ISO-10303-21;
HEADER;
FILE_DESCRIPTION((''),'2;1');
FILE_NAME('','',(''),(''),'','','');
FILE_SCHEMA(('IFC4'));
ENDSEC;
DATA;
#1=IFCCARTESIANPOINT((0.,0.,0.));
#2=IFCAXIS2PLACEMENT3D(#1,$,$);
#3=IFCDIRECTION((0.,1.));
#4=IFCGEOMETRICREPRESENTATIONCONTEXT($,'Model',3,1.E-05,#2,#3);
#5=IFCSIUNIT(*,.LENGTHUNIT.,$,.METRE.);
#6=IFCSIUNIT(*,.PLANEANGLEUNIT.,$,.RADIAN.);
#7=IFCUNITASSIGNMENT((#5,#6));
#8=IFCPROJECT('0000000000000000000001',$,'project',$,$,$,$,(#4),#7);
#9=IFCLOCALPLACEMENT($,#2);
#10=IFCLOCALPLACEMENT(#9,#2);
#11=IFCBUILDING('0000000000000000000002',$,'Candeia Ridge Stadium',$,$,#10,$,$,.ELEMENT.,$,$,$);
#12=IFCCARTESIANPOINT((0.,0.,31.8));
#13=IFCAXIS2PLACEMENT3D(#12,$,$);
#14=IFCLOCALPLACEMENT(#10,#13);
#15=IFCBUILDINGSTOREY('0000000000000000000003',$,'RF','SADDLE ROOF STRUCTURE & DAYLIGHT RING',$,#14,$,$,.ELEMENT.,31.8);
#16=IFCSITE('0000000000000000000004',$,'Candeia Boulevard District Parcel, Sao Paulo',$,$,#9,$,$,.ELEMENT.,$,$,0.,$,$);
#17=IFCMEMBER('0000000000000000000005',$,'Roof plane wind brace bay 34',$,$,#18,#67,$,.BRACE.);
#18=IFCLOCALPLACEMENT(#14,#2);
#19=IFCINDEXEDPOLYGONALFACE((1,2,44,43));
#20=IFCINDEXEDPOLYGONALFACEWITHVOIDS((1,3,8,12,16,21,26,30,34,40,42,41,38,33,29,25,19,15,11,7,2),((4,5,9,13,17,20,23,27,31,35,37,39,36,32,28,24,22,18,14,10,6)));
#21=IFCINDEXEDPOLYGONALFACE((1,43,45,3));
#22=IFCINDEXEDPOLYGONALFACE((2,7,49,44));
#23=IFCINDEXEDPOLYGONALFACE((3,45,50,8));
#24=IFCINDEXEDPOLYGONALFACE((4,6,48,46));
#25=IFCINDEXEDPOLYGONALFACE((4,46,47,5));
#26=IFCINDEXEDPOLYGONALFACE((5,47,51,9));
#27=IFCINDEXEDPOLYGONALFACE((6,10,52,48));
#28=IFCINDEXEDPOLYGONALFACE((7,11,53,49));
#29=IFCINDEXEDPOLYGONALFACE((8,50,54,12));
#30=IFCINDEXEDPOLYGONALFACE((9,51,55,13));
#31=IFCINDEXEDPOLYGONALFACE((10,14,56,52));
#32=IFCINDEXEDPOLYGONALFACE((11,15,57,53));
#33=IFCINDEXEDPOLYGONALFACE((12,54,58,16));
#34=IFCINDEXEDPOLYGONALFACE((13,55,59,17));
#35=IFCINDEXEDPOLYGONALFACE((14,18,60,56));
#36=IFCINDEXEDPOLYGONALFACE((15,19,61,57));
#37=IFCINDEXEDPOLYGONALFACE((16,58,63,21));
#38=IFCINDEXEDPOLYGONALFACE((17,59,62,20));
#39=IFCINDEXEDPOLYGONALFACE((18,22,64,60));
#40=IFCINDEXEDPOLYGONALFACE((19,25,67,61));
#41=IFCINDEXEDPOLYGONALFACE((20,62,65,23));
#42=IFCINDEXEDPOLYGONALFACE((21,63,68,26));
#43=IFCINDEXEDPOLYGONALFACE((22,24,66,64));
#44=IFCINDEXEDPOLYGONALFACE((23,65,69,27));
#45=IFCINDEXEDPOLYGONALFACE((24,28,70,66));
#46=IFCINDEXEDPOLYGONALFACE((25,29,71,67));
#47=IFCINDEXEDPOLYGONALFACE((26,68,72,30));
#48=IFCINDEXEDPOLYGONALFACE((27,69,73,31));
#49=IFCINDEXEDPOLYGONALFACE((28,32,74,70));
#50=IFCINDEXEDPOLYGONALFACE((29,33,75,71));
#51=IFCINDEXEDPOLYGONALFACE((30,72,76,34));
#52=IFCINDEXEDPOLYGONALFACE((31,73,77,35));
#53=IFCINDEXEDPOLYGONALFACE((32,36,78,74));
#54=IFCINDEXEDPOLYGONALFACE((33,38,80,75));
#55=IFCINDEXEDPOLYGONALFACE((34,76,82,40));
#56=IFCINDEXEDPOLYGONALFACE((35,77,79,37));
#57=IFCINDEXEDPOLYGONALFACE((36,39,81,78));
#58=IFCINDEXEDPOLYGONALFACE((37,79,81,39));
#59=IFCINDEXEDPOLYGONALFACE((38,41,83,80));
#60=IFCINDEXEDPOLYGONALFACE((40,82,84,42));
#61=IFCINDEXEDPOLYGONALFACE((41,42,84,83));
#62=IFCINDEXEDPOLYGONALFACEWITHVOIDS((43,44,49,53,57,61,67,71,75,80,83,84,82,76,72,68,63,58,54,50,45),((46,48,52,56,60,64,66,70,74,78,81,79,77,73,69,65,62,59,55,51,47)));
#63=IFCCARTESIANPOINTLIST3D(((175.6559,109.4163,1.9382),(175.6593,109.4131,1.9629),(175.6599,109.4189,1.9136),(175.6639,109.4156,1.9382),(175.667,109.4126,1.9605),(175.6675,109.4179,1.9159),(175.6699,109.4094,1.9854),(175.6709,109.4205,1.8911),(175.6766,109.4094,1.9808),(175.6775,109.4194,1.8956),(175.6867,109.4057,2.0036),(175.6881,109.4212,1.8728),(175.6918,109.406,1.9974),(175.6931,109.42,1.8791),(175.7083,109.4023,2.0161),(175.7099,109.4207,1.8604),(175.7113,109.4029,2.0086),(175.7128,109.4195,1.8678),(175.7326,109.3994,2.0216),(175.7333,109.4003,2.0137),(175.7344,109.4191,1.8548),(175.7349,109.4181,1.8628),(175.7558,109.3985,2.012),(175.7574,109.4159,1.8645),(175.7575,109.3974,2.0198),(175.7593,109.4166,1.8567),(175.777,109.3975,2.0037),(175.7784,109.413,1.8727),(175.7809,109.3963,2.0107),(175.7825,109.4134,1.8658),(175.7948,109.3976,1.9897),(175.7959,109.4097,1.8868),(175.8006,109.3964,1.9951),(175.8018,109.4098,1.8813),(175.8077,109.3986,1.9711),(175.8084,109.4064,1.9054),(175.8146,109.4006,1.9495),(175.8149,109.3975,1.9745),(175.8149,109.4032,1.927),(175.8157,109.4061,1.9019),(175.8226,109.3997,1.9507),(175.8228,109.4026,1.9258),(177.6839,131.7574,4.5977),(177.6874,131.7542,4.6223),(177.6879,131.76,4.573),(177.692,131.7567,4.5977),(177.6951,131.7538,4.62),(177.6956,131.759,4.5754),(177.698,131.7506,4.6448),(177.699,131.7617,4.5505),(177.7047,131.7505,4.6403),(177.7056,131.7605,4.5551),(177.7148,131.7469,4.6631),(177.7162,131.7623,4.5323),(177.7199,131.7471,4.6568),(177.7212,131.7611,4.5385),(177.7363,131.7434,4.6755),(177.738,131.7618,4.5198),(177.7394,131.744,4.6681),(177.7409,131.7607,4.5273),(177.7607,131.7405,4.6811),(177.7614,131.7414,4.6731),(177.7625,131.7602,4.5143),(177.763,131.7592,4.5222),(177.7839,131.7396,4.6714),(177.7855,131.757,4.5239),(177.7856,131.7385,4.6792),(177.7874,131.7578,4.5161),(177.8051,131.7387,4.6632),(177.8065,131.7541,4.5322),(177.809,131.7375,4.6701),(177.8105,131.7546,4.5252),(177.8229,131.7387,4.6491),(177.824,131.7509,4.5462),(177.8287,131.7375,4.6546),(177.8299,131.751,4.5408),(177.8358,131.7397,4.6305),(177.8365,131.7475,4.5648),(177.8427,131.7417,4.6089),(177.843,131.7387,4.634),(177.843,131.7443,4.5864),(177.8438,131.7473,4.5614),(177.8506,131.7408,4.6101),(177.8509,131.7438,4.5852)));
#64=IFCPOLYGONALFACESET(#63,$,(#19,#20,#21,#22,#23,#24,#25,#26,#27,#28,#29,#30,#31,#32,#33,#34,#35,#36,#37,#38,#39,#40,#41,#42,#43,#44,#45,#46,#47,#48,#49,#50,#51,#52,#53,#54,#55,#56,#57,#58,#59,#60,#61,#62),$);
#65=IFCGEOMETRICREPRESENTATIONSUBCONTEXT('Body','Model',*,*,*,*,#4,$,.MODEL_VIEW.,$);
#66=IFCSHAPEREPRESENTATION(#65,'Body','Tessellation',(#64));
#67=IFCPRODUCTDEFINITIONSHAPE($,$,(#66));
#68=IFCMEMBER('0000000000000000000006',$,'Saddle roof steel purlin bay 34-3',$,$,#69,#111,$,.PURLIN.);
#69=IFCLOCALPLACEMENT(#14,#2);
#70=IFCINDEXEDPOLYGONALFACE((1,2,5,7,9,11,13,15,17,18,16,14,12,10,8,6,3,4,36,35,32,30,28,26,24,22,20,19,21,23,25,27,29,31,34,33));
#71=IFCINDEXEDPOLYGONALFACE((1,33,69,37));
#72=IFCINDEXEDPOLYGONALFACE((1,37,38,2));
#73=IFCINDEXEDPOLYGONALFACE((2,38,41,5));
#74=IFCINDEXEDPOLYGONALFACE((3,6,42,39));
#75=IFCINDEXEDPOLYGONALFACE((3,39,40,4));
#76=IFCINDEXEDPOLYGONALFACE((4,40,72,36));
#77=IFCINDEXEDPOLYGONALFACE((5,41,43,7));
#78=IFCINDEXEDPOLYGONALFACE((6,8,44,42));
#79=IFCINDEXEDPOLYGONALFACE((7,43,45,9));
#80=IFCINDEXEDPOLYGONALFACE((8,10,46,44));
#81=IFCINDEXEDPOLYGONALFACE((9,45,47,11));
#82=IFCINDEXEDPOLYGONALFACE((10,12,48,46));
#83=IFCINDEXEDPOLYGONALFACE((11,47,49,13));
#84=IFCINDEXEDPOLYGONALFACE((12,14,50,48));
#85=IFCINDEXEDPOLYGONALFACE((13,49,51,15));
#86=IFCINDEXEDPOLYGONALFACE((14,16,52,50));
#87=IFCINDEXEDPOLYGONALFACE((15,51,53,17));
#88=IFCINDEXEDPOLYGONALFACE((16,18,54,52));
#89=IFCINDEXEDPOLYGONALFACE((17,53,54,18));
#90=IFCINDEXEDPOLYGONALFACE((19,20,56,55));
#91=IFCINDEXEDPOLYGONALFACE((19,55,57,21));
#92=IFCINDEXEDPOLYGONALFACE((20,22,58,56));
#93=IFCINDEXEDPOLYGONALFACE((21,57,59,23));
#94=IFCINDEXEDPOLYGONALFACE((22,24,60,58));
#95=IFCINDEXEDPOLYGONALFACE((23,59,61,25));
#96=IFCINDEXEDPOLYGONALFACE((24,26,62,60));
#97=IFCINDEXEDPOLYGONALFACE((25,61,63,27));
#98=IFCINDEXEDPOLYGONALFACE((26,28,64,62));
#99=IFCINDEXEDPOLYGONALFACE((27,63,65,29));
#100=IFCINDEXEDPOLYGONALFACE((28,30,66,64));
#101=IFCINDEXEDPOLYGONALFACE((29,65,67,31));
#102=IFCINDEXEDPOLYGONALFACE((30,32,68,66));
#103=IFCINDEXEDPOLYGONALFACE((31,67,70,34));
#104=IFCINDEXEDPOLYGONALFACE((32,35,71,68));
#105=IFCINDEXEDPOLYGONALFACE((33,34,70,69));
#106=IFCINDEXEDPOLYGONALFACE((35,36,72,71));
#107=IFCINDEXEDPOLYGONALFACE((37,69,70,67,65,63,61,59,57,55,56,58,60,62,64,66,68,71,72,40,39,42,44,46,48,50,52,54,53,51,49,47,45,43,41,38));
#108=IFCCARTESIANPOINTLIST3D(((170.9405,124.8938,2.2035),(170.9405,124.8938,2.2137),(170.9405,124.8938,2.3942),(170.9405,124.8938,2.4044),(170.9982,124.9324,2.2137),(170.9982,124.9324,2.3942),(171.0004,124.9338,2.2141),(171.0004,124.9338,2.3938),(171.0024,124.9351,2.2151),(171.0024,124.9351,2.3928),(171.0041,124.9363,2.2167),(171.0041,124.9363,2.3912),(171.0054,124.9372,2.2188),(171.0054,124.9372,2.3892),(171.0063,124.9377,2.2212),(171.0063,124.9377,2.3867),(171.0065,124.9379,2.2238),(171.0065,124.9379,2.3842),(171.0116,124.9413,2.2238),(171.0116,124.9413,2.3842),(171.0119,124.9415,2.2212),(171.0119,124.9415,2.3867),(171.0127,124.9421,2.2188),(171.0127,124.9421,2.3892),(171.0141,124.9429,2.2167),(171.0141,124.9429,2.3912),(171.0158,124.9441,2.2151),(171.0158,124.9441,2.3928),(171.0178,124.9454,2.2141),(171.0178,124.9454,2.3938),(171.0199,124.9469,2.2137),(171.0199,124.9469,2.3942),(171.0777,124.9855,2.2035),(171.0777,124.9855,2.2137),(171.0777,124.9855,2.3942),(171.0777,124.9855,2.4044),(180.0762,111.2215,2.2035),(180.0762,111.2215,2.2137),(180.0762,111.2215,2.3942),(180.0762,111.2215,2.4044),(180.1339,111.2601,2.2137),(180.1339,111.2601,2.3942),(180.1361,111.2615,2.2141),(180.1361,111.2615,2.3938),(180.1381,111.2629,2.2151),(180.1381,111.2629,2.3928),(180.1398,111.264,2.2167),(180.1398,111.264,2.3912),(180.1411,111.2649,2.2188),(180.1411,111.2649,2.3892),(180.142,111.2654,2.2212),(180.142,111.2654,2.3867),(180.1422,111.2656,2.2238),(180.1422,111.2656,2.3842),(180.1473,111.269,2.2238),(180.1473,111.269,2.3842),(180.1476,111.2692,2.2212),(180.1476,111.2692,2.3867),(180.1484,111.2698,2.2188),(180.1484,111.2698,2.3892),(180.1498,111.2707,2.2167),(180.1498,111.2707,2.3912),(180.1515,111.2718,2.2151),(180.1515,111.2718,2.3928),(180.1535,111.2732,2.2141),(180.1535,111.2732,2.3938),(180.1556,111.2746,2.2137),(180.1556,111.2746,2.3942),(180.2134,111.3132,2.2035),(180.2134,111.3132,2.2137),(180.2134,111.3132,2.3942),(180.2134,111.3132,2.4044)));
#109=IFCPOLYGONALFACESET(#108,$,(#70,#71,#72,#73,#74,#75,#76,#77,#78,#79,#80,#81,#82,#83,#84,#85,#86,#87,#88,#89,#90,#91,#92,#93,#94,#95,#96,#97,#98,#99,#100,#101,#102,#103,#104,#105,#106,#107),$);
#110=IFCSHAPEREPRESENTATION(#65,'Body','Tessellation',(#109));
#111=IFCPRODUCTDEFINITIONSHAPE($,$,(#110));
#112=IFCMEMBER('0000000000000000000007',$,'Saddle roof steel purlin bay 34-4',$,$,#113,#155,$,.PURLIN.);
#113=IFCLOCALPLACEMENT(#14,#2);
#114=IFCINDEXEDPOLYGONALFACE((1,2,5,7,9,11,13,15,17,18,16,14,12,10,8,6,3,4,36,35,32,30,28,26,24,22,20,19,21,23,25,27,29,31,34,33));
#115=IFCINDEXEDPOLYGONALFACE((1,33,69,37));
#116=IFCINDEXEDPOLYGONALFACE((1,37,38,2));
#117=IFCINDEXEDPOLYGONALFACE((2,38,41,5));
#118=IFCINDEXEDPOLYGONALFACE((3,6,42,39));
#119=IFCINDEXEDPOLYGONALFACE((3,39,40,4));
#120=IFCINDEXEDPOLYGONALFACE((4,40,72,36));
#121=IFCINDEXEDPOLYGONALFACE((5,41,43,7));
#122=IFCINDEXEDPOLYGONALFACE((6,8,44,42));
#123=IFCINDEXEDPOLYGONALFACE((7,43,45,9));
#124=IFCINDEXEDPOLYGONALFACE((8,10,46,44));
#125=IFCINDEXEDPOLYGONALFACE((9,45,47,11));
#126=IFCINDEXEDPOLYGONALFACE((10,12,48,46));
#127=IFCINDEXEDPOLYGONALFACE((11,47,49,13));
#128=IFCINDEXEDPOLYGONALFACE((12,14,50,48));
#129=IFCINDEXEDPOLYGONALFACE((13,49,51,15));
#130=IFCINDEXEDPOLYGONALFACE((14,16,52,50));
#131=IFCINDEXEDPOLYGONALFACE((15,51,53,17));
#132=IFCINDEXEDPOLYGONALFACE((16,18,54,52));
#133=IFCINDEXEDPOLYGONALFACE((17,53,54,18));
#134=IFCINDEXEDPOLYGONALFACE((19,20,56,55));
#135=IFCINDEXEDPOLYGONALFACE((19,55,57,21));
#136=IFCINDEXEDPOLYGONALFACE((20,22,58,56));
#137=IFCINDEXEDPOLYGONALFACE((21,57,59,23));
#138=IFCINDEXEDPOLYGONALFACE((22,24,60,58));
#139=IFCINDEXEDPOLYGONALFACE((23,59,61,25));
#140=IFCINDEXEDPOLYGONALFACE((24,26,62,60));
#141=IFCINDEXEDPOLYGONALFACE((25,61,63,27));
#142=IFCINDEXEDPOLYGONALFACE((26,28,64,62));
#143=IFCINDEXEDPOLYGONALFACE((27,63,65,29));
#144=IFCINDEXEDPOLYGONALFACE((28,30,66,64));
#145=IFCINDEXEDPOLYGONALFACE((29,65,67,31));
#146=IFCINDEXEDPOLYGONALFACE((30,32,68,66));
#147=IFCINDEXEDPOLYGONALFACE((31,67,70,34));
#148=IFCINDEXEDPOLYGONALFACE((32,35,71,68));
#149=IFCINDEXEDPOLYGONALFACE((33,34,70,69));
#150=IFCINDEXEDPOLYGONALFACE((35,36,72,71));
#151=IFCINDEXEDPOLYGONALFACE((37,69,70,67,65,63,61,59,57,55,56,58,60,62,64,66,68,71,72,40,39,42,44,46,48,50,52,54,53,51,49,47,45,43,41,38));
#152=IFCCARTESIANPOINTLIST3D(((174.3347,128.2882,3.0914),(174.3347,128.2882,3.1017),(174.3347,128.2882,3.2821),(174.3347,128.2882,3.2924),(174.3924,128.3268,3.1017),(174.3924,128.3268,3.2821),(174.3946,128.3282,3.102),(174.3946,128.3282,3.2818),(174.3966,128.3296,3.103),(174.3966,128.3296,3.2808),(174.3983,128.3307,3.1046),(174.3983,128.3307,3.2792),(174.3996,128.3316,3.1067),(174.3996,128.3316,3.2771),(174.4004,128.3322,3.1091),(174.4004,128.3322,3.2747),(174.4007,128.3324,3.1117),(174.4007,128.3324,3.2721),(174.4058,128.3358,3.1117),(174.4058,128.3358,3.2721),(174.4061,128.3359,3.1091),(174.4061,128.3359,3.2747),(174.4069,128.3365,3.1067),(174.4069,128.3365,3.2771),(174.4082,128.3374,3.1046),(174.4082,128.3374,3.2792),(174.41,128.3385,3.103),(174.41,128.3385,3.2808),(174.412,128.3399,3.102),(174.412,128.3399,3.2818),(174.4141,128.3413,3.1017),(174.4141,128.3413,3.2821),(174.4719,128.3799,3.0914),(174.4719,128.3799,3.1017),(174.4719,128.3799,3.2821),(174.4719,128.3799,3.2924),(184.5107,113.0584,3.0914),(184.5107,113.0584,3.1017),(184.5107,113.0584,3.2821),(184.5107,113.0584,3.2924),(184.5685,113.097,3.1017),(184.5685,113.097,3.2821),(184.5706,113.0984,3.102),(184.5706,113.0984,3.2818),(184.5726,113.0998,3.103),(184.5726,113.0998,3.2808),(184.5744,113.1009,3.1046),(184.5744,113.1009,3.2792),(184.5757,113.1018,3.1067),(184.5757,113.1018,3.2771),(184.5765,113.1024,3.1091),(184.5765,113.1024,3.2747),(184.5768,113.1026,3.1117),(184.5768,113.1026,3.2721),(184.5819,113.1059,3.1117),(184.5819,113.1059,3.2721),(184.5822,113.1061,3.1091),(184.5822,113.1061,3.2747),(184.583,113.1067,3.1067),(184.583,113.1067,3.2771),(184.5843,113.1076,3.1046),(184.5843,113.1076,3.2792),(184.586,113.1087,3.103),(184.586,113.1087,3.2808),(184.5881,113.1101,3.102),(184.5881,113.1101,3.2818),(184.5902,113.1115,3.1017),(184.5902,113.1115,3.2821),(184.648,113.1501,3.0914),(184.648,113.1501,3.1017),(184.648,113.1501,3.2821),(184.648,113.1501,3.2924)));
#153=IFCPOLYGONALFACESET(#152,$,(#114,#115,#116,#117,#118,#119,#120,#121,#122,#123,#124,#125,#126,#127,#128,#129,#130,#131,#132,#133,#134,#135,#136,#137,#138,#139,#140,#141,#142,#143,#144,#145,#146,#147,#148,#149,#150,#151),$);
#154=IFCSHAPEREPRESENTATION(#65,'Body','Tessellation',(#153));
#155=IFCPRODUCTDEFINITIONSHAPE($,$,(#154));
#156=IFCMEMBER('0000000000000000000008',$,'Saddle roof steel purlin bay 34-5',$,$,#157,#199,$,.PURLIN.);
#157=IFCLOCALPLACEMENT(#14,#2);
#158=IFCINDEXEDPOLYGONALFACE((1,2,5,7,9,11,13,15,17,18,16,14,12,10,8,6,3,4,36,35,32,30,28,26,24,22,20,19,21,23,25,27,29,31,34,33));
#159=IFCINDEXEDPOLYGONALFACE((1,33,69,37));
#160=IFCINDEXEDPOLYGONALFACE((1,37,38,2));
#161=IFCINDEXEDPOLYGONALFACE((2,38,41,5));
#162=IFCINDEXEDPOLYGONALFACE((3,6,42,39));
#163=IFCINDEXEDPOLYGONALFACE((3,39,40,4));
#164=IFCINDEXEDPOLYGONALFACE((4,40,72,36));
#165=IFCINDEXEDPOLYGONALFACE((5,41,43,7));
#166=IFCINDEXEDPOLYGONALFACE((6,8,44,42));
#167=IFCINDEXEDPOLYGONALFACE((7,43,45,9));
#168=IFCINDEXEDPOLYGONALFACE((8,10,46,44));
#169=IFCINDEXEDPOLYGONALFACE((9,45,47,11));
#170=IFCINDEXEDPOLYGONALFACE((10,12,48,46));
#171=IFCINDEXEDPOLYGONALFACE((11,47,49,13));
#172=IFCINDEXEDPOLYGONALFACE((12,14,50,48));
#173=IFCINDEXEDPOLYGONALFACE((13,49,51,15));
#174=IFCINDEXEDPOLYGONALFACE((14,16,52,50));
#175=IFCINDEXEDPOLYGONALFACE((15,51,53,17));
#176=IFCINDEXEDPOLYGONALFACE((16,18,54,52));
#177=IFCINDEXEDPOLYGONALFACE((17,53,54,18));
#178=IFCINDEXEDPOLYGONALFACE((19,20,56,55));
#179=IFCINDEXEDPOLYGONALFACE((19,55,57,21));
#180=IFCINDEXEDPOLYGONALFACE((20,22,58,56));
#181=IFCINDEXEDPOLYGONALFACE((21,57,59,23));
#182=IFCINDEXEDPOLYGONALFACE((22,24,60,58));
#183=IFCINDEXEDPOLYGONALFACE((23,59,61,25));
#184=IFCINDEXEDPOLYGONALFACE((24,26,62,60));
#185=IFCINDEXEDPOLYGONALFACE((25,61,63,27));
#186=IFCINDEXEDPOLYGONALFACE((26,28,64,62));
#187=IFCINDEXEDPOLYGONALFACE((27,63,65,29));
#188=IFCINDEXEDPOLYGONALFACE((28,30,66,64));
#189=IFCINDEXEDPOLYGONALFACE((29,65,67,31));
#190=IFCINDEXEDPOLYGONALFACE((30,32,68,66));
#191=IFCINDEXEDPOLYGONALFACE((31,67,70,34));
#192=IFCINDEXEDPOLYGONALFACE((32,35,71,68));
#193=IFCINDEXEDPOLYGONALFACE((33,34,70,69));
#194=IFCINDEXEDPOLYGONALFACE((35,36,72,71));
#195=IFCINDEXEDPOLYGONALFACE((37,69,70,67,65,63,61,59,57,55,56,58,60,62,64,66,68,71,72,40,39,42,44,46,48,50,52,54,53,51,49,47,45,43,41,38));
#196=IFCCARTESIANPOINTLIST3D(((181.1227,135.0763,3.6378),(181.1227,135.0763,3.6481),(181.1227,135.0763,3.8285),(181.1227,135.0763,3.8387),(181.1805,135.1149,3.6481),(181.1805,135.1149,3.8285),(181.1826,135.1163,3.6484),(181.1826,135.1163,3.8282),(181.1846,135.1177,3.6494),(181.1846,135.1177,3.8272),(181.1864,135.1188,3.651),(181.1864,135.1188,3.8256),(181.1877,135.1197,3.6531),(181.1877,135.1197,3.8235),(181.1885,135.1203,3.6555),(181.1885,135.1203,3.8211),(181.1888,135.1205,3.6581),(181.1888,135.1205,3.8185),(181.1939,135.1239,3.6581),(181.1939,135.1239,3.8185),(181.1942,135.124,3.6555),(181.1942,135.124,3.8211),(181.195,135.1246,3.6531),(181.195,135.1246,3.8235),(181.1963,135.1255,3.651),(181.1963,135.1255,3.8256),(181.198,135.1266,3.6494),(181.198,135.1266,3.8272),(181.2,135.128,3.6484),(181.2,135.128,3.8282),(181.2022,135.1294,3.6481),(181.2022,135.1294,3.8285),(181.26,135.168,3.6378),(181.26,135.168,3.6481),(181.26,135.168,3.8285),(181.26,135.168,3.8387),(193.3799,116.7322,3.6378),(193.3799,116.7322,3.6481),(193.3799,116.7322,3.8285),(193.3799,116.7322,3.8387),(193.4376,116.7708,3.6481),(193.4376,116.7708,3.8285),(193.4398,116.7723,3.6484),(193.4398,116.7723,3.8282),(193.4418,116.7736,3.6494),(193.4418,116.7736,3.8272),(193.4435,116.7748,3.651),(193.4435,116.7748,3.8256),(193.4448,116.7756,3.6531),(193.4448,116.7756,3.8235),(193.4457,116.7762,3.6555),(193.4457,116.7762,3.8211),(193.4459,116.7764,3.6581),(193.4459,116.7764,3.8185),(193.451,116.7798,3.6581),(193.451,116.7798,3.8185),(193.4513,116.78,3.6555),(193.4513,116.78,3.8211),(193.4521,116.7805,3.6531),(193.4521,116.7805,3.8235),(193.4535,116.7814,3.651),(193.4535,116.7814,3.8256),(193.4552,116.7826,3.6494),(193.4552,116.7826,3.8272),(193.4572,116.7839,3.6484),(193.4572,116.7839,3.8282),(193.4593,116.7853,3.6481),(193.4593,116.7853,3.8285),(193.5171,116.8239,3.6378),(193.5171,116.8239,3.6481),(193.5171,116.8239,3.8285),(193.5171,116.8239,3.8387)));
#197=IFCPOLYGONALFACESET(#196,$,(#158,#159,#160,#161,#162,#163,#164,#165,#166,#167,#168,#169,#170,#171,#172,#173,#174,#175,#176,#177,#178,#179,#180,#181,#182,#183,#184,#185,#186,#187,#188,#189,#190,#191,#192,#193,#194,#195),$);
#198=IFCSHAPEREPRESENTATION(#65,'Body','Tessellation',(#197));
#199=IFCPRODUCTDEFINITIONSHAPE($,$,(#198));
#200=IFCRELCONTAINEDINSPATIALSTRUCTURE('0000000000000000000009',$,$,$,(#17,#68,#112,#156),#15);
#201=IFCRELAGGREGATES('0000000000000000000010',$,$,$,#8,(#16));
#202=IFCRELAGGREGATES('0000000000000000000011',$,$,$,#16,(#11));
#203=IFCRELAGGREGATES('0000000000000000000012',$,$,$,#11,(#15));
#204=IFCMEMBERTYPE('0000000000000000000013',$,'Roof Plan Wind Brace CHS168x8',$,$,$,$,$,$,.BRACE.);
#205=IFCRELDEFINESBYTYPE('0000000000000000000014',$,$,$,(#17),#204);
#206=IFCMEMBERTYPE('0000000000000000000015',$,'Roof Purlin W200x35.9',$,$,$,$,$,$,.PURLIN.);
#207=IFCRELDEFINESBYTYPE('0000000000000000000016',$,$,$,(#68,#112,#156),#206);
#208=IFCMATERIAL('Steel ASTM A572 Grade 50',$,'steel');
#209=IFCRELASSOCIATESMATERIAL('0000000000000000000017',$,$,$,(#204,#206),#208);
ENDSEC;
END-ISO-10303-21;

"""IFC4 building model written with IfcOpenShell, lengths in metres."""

from ifc_helpers import new_model, si_unit, direction, frame, origin, origin_2d, place, context, subcontext, project, spatial, hollow_circle, i_section, extrude, material, material_profile, profile_set, type_object, element, save


model = new_model("IFC4")

# Units and contexts
model_context = context("Model", 3, precision=1e-05, world=origin(), true_north=direction((0.0, 1.0)))
body_context = subcontext(model_context, "Body", "Model", "MODEL_VIEW")
ifc_project = project(units=[si_unit("LENGTHUNIT", "METRE"), si_unit("PLANEANGLEUNIT", "RADIAN")], contexts=[model_context])

# Site, building, storey
site_placement = place(None, origin())
site = spatial("IfcSite", under=ifc_project, at=site_placement, Name="Candeia Boulevard District Parcel, Sao Paulo", CompositionType="ELEMENT", RefElevation=0.0)
building_placement = place(site_placement, origin())
building = spatial("IfcBuilding", under=site, at=building_placement, Name="Candeia Ridge Stadium", CompositionType="ELEMENT")
storey_placement = place(building_placement, frame((0.0, 0.0, 31.8)))
storey = spatial("IfcBuildingStorey", under=building, at=storey_placement, Name="RF", Description="SADDLE ROOF STRUCTURE & DAYLIGHT RING", CompositionType="ELEMENT", Elevation=31.8)

# Shared definitions
ifc_material = material(Name="Steel ASTM A572 Grade 50", Category="steel")

# Members
ifc_material_profile_1 = material_profile(ifc_material, hollow_circle(Radius=0.0842, WallThickness=0.0081, at=origin_2d()), Name="CHS168x8", Category="steel")
ifc_profile_set_1 = profile_set([ifc_material_profile_1], Name="Steel ASTM A572 Grade 50")
member_type_1 = type_object("IfcMemberType", Name="Roof Plan Wind Brace CHS168x8", PredefinedType="BRACE", material=ifc_profile_set_1)
member_1_placement = place(storey_placement, frame((175.7397, 109.4087, 1.9382), z_axis=(0.089778, 0.98898, 0.117726), x_axis=(-0.995905, 0.090406, 0.0)))
element("IfcMember", 1, at=member_1_placement, inside=storey, type_object=member_type_1, Name="Roof plane wind brace bay 34", PredefinedType="BRACE", context=body_context, shape_type="SweptSolid", body=[
    extrude(hollow_circle(Radius=0.0842, WallThickness=0.0081, at=origin_2d()), origin(), (0.0, 0.0, 1.0), 22.5901),
])
ifc_material_profile_2 = material_profile(ifc_material, i_section(OverallWidth=0.165, OverallDepth=0.2009, WebThickness=0.0061, FlangeThickness=0.0103, FilletRadius=0.01, at=origin_2d()), Name="W200x35.9", Category="steel")
ifc_profile_set_2 = profile_set([ifc_material_profile_2], Name="Steel ASTM A572 Grade 50")
member_type_2 = type_object("IfcMemberType", Name="Roof Purlin W200x35.9", PredefinedType="PURLIN", material=ifc_profile_set_2)
member_2_placement = place(storey_placement, frame((180.1448, 111.2673, 2.304), z_axis=(-0.555577, 0.831465, 0.0), x_axis=(-0.831465, -0.555577, 0.0)))
element("IfcMember", 2, at=member_2_placement, inside=storey, type_object=member_type_2, Name="Saddle roof steel purlin bay 34-3", PredefinedType="PURLIN", context=body_context, shape_type="SweptSolid", body=[
    extrude(i_section(OverallWidth=0.165, OverallDepth=0.2009, WebThickness=0.0061, FlangeThickness=0.0103, FilletRadius=0.01, at=origin_2d()), origin(), (0.0, 0.0, 1.0), 16.4436),
])
member_3_placement = place(storey_placement, frame((184.5793, 113.1042, 3.1919), z_axis=(-0.555564, 0.831474, 0.0), x_axis=(-0.831474, -0.555564, 0.0)))
element("IfcMember", 3, at=member_3_placement, inside=storey, type_object=member_type_2, Name="Saddle roof steel purlin bay 34-4", PredefinedType="PURLIN", context=body_context, shape_type="SweptSolid", body=[
    extrude(i_section(OverallWidth=0.165, OverallDepth=0.2009, WebThickness=0.0061, FlangeThickness=0.0103, FilletRadius=0.01, at=origin_2d()), origin(), (0.0, 0.0, 1.0), 18.3167),
])
member_4_placement = place(storey_placement, frame((193.4485, 116.7781, 3.7383), z_axis=(-0.555571, 0.831469, 0.0), x_axis=(-0.831469, -0.555571, 0.0)))
element("IfcMember", 4, at=member_4_placement, inside=storey, type_object=member_type_2, Name="Saddle roof steel purlin bay 34-5", PredefinedType="PURLIN", context=body_context, shape_type="SweptSolid", body=[
    extrude(i_section(OverallWidth=0.165, OverallDepth=0.2009, WebThickness=0.0061, FlangeThickness=0.0103, FilletRadius=0.01, at=origin_2d()), origin(), (0.0, 0.0, 1.0), 22.0623),
])

save(model, "model.ifc")
